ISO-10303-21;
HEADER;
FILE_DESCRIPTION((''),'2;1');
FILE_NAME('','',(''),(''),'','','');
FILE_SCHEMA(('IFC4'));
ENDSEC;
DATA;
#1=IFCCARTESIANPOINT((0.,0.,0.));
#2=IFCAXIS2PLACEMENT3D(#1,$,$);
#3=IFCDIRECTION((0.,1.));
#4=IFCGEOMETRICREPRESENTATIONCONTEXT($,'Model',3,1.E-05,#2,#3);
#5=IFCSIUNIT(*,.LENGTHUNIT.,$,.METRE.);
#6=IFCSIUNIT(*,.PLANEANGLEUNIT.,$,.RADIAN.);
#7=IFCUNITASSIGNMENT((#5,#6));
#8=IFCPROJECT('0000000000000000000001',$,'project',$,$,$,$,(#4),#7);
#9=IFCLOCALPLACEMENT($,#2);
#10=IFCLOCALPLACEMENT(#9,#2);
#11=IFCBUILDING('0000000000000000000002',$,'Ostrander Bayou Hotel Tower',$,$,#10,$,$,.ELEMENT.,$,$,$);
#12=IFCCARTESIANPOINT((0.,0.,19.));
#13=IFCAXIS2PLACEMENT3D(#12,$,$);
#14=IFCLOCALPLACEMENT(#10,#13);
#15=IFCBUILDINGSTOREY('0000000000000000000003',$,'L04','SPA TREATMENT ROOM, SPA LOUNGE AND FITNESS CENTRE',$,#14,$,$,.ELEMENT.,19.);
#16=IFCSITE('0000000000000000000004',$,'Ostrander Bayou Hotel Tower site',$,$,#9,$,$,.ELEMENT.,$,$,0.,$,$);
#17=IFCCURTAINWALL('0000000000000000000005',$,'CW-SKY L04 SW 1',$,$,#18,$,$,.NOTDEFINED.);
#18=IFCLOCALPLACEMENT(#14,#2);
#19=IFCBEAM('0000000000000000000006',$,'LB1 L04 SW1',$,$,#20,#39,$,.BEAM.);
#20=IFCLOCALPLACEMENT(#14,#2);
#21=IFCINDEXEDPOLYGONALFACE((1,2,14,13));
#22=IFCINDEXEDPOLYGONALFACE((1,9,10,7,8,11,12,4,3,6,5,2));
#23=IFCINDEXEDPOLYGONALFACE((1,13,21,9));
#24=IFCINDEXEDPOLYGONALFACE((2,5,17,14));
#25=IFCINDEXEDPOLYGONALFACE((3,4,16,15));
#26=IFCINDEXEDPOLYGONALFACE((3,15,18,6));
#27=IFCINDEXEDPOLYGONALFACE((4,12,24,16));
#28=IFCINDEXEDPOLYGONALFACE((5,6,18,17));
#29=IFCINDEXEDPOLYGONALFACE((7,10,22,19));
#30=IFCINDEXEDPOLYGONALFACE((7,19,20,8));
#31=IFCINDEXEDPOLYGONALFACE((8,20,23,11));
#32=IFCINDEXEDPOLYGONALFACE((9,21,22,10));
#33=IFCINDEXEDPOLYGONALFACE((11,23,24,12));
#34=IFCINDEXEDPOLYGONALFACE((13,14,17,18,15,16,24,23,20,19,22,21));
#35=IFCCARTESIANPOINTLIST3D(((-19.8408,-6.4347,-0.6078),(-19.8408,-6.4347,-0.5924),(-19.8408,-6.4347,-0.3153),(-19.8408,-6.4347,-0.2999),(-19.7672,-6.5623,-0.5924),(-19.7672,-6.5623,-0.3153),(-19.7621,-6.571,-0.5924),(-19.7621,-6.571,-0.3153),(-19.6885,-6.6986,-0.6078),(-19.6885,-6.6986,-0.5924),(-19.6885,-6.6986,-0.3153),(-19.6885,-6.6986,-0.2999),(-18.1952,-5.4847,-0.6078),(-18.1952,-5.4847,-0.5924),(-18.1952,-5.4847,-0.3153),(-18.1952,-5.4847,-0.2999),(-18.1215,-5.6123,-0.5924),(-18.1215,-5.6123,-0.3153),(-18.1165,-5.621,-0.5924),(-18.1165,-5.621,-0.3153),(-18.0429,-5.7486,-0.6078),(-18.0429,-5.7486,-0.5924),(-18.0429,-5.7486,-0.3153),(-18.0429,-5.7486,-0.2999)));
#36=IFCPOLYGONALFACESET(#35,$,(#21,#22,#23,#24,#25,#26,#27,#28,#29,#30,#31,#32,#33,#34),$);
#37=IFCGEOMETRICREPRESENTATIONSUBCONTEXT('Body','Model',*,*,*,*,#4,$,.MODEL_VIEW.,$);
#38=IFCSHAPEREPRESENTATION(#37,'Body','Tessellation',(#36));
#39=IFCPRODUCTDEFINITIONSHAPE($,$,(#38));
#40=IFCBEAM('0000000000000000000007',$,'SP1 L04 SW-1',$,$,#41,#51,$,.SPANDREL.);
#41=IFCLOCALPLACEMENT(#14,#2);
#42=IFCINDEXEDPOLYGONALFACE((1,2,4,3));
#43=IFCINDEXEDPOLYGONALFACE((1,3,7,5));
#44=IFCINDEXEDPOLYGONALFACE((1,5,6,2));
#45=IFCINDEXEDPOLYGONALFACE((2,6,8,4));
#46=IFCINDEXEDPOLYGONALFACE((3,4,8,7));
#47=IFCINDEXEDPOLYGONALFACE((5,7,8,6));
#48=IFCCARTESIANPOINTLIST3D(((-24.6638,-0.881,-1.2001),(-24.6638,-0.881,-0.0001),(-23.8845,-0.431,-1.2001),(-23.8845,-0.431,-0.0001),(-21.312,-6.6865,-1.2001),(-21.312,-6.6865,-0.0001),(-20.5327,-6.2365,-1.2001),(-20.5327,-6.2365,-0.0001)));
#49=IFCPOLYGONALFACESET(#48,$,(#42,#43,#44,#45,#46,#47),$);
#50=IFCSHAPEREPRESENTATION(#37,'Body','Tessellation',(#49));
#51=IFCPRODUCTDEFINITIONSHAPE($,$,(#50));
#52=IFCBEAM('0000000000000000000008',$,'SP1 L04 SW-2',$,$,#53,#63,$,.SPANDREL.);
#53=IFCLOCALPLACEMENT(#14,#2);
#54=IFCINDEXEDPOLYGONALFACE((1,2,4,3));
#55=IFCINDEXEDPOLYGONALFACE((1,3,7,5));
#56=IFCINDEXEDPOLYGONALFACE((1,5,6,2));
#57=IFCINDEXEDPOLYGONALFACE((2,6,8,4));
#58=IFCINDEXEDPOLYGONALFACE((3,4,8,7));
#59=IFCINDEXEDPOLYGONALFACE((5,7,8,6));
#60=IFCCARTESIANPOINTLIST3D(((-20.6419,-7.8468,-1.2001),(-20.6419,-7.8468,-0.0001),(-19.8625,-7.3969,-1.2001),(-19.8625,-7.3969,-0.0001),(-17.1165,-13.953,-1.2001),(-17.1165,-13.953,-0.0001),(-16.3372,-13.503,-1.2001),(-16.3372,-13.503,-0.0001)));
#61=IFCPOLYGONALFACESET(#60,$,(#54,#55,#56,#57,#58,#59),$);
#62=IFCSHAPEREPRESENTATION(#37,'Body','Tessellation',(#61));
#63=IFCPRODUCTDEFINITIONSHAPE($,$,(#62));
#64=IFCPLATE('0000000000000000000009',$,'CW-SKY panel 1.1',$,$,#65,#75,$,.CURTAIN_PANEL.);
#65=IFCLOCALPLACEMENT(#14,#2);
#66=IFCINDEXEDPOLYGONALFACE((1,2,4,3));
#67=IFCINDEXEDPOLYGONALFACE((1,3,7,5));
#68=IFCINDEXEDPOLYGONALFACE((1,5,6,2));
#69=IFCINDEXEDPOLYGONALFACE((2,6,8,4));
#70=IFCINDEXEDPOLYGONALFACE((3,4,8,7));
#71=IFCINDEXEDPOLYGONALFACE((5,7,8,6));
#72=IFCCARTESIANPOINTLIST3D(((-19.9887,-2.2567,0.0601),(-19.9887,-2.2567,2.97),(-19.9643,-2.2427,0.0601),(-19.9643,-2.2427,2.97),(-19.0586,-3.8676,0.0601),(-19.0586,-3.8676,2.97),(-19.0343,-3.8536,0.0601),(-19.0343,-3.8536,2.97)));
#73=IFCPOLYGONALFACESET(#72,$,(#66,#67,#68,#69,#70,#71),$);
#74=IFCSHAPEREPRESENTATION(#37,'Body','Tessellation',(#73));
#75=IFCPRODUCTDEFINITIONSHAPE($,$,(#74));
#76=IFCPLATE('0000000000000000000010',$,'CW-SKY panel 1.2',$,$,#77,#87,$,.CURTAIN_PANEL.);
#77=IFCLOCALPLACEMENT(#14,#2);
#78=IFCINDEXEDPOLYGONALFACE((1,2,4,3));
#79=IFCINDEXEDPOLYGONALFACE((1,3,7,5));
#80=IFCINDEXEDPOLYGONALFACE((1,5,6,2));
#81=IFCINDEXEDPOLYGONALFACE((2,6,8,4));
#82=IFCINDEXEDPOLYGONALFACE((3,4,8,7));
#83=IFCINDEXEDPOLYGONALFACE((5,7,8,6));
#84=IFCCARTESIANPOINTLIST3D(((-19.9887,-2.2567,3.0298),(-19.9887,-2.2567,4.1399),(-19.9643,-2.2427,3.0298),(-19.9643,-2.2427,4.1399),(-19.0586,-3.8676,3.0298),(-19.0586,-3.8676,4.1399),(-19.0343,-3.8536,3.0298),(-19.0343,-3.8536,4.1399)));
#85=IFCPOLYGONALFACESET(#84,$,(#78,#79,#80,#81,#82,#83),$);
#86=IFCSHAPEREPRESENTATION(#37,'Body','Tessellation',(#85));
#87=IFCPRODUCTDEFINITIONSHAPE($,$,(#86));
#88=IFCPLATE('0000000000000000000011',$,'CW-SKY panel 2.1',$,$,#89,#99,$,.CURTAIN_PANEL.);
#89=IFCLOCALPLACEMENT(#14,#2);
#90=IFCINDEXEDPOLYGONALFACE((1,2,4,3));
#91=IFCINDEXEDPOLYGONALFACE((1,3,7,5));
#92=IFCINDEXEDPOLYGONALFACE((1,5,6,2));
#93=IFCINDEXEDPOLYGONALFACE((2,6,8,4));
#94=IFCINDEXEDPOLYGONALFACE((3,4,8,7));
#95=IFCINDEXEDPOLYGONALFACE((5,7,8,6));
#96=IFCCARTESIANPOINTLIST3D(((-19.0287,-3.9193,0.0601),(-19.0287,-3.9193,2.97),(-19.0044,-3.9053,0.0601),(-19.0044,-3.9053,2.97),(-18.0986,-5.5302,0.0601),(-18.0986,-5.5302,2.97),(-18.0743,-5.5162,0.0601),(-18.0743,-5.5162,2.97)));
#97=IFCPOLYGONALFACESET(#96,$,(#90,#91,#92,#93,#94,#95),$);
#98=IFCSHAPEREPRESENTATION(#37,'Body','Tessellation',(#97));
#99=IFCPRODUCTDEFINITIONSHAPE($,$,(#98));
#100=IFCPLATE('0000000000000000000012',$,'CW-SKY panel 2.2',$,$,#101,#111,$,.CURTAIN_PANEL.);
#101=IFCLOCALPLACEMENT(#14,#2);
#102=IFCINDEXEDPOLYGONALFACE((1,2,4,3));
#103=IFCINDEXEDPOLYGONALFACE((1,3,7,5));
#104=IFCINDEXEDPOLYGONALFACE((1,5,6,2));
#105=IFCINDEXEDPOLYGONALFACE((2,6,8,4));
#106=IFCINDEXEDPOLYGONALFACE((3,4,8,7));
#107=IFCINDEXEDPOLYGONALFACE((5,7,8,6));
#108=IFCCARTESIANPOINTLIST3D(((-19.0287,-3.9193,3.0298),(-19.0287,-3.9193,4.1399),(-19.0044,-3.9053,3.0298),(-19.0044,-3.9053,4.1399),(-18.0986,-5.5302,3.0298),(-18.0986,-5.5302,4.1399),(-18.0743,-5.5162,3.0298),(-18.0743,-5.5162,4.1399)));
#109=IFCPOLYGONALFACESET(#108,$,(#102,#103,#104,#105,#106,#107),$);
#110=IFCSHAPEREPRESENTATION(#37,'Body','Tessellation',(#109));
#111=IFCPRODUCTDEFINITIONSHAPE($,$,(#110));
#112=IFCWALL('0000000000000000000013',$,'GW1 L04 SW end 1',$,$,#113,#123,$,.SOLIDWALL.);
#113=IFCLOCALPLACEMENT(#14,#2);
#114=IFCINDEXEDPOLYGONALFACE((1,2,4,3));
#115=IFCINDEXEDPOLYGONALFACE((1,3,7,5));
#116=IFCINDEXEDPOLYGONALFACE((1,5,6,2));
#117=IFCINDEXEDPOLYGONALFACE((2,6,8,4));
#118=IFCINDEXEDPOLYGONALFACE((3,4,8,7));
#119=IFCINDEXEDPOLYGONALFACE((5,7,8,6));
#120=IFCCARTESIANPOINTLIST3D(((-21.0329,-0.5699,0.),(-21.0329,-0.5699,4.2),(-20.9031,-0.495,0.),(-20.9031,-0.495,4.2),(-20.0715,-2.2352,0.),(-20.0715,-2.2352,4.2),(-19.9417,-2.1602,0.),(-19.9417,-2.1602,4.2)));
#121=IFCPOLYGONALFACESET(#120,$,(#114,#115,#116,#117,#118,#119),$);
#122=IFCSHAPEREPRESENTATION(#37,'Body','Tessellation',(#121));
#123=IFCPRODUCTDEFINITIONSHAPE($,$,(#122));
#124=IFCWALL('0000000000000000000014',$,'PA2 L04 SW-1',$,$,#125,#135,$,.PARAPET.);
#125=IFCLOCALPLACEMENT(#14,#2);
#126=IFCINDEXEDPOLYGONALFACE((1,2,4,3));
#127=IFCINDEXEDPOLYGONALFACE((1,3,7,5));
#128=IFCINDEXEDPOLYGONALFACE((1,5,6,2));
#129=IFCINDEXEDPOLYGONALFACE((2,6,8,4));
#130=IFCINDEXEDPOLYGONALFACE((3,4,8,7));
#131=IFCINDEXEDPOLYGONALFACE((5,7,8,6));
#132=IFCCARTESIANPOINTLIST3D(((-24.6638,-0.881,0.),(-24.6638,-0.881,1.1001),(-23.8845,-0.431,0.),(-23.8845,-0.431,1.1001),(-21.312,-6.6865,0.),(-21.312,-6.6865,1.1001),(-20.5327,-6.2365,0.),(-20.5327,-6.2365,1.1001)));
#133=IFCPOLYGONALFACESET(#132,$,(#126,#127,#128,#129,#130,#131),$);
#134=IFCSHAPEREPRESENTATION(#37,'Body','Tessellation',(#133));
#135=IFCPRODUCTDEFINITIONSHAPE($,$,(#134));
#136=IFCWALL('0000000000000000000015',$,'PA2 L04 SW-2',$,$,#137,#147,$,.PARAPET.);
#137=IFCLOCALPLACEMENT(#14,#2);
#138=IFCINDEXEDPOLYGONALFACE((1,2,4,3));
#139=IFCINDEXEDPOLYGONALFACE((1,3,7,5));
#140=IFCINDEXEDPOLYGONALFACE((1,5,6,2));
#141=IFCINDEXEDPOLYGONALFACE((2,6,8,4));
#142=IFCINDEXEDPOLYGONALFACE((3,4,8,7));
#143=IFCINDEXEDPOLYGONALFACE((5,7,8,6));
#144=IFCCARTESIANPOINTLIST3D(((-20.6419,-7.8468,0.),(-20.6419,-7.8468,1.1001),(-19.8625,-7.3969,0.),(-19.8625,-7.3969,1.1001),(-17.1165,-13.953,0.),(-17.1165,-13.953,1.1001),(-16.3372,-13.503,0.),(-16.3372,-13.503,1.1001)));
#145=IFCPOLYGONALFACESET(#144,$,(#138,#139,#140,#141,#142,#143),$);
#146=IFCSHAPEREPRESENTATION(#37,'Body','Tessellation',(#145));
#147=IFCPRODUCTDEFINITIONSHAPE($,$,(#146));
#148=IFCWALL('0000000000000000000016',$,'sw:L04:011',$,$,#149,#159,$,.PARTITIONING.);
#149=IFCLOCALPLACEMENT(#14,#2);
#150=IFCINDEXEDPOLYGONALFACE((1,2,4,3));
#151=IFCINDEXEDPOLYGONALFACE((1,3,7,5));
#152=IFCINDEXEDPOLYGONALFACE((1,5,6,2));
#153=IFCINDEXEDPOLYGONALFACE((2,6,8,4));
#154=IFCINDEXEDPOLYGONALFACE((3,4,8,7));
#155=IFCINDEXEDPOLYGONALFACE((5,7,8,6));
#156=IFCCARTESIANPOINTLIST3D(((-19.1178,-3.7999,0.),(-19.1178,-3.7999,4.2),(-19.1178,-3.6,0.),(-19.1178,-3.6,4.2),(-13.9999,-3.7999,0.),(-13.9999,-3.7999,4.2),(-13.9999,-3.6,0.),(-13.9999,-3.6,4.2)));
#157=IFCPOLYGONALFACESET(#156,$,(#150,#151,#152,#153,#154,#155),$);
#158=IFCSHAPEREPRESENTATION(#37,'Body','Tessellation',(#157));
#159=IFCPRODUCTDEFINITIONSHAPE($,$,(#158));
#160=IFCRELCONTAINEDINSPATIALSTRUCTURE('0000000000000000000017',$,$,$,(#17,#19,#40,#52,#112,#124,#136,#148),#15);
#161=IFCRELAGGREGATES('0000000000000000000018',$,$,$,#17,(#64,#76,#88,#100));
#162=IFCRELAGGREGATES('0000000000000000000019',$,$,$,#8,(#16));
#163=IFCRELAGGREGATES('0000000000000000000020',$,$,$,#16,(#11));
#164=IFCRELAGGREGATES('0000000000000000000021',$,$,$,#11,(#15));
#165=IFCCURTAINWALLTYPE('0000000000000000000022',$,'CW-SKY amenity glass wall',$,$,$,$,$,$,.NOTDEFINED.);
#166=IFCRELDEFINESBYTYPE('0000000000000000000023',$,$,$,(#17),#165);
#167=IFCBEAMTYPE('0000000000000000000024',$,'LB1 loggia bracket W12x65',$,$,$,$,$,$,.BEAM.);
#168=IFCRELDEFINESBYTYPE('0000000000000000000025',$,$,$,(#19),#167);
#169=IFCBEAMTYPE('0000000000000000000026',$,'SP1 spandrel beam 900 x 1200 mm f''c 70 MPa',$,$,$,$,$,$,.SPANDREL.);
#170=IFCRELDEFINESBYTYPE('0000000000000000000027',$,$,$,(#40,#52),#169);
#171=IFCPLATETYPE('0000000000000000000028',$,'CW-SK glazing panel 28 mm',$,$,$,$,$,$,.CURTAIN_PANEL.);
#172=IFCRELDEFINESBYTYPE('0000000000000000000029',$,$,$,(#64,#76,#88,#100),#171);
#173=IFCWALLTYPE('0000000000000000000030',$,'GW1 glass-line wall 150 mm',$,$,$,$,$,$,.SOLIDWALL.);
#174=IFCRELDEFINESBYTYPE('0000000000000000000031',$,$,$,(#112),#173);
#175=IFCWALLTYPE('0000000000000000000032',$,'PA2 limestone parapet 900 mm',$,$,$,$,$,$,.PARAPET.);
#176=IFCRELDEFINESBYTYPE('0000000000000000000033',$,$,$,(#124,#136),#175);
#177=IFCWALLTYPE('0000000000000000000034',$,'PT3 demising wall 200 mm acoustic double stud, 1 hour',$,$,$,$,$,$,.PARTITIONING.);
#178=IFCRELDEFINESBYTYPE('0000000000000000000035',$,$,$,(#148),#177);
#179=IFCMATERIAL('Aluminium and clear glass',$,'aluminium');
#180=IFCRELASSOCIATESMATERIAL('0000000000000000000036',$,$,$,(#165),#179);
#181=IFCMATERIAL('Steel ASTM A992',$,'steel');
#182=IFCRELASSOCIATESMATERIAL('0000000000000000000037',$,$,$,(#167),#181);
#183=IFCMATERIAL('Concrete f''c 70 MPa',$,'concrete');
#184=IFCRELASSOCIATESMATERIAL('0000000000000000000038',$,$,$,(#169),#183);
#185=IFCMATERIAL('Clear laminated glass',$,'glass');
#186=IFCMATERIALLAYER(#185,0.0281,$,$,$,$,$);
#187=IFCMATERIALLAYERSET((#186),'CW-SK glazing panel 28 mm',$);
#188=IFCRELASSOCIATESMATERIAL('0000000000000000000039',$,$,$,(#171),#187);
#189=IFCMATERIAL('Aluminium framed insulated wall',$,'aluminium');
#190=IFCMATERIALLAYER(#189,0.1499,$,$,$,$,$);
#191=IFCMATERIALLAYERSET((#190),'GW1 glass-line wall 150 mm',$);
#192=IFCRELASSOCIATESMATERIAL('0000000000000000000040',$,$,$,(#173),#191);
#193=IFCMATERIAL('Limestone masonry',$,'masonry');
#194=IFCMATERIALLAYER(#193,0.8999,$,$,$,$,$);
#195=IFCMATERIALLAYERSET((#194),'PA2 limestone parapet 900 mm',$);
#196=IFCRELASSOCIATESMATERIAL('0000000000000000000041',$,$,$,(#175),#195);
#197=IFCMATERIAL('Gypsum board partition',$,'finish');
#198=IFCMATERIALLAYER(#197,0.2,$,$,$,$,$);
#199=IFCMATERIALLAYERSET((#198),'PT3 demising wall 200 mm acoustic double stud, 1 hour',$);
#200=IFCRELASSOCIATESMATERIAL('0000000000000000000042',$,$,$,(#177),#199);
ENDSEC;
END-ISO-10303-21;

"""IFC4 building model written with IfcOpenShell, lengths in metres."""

from ifc_helpers import new_model, si_unit, direction, frame, frame_2d, origin, origin_2d, place, context, subcontext, project, spatial, rectangle, i_section, extrude, material, layer, layer_set, material_profile, profile_set, type_object, element, aggregate, save


model = new_model("IFC4")

# Units and contexts
model_context = context("Model", 3, precision=1e-05, world=origin(), true_north=direction((0.0, 1.0)))
body_context = subcontext(model_context, "Body", "Model", "MODEL_VIEW")
ifc_project = project(units=[si_unit("LENGTHUNIT", "METRE"), si_unit("PLANEANGLEUNIT", "RADIAN")], contexts=[model_context])

# Site, building, storey
site_placement = place(None, origin())
site = spatial("IfcSite", under=ifc_project, at=site_placement, Name="Ostrander Bayou Hotel Tower site", CompositionType="ELEMENT", RefElevation=0.0)
building_placement = place(site_placement, origin())
building = spatial("IfcBuilding", under=site, at=building_placement, Name="Ostrander Bayou Hotel Tower", CompositionType="ELEMENT")
storey_placement = place(building_placement, frame((0.0, 0.0, 19.0)))
storey = spatial("IfcBuildingStorey", under=building, at=storey_placement, Name="L04", Description="SPA TREATMENT ROOM, SPA LOUNGE AND FITNESS CENTRE", CompositionType="ELEMENT", Elevation=19.0)

# Curtain wall
ifc_material_1 = material(Name="Aluminium and clear glass", Category="aluminium")
curtain_wall_type = type_object("IfcCurtainWallType", Name="CW-SKY amenity glass wall", PredefinedType="NOTDEFINED", material=ifc_material_1)
curtain_wall_1_placement = place(storey_placement, origin())
curtain_wall_1 = element("IfcCurtainWall", 1, at=curtain_wall_1_placement, inside=storey, type_object=curtain_wall_type, Name="CW-SKY L04 SW 1", PredefinedType="NOTDEFINED")

# Beams
ifc_material_2 = material(Name="Steel ASTM A992", Category="steel")
ifc_material_profile_1 = material_profile(ifc_material_2, i_section(OverallWidth=0.3047, OverallDepth=0.3079, WebThickness=0.01, FlangeThickness=0.0154, at=origin_2d()))
ifc_profile_set_1 = profile_set([ifc_material_profile_1], Name="Steel ASTM A992")
beam_type_1 = type_object("IfcBeamType", Name="LB1 loggia bracket W12x65", PredefinedType="BEAM", material=ifc_profile_set_1)
beam_1_placement = place(storey_placement, frame((-19.7646, -6.5667, -0.4539), z_axis=(0.866044, 0.499967, 0.0), x_axis=(-0.499967, 0.866044, 0.0)))
element("IfcBeam", 2, at=beam_1_placement, inside=storey, type_object=beam_type_1, Name="LB1 L04 SW1", PredefinedType="BEAM", context=body_context, shape_type="SweptSolid", body=[
    extrude(i_section(OverallWidth=0.3047, OverallDepth=0.3079, WebThickness=0.01, FlangeThickness=0.0154, at=origin_2d()), origin(), (0.0, 0.0, 1.0), 1.9001),
])
ifc_material_3 = material(Name="Concrete f'c 70 MPa", Category="concrete")
ifc_material_profile_2 = material_profile(ifc_material_3, rectangle(XDim=0.8999, YDim=1.2, at=origin_2d()))
ifc_profile_set_2 = profile_set([ifc_material_profile_2], Name="Concrete f'c 70 MPa")
beam_type_2 = type_object("IfcBeamType", Name="SP1 spandrel beam 900 x 1200 mm f'c 70 MPa", PredefinedType="SPANDREL", material=ifc_profile_set_2)
beam_2_placement = place(storey_placement, frame((-24.2742, -0.656, -0.6001), z_axis=(0.500005, -0.866022, 0.0), x_axis=(0.866022, 0.500005, 0.0)))
element("IfcBeam", 3, at=beam_2_placement, inside=storey, type_object=beam_type_2, Name="SP1 L04 SW-1", PredefinedType="SPANDREL", context=body_context, shape_type="SweptSolid", body=[
    extrude(rectangle(XDim=0.8999, YDim=1.2, at=origin_2d()), origin(), (0.0, 0.0, 1.0), 6.7036),
])
beam_3_placement = place(storey_placement, frame((-20.2522, -7.6218, -0.6001), z_axis=(0.499997, -0.866027, 0.0), x_axis=(0.866027, 0.499997, 0.0)))
element("IfcBeam", 4, at=beam_3_placement, inside=storey, type_object=beam_type_2, Name="SP1 L04 SW-2", PredefinedType="SPANDREL", context=body_context, shape_type="SweptSolid", body=[
    extrude(rectangle(XDim=0.8999, YDim=1.2, at=origin_2d()), origin(), (0.0, 0.0, 1.0), 7.0508),
])

# Plates
ifc_material_4 = material(Name="Clear laminated glass", Category="glass")
ifc_layer_1 = layer(ifc_material_4, 0.0281)
ifc_layer_set_1 = layer_set([ifc_layer_1], Name="CW-SK glazing panel 28 mm")
plate_type = type_object("IfcPlateType", Name="CW-SK glazing panel 28 mm", PredefinedType="CURTAIN_PANEL", material=ifc_layer_set_1)
plate_1_placement = place(storey_placement, frame((-19.5115, -3.0552, 0.0601), z_axis=(0.0, 0.0, 1.0), x_axis=(0.5, -0.866025, 0.0)))
plate_1 = element("IfcPlate", 5, at=plate_1_placement, type_object=plate_type, Name="CW-SKY panel 1.1", PredefinedType="CURTAIN_PANEL", context=body_context, shape_type="SweptSolid", body=[
    extrude(rectangle(XDim=1.8601, YDim=0.0281, at=origin_2d()), origin(), (0.0, 0.0, 1.0), 2.9099),
])
plate_2_placement = place(storey_placement, frame((-19.5115, -3.0552, 3.0298), z_axis=(0.0, 0.0, 1.0), x_axis=(0.5, -0.866025, 0.0)))
plate_2 = element("IfcPlate", 6, at=plate_2_placement, type_object=plate_type, Name="CW-SKY panel 1.2", PredefinedType="CURTAIN_PANEL", context=body_context, shape_type="SweptSolid", body=[
    extrude(rectangle(XDim=1.8601, YDim=0.0281, at=origin_2d()), origin(), (0.0, 0.0, 1.0), 1.1101),
])
plate_3_placement = place(storey_placement, frame((-18.5515, -4.7178, 0.0601), z_axis=(0.0, 0.0, 1.0), x_axis=(0.5, -0.866025, 0.0)))
plate_3 = element("IfcPlate", 7, at=plate_3_placement, type_object=plate_type, Name="CW-SKY panel 2.1", PredefinedType="CURTAIN_PANEL", context=body_context, shape_type="SweptSolid", body=[
    extrude(rectangle(XDim=1.8601, YDim=0.0281, at=origin_2d()), origin(), (0.0, 0.0, 1.0), 2.9099),
])
plate_4_placement = place(storey_placement, frame((-18.5515, -4.7178, 3.0298), z_axis=(0.0, 0.0, 1.0), x_axis=(0.5, -0.866025, 0.0)))
plate_4 = element("IfcPlate", 8, at=plate_4_placement, type_object=plate_type, Name="CW-SKY panel 2.2", PredefinedType="CURTAIN_PANEL", context=body_context, shape_type="SweptSolid", body=[
    extrude(rectangle(XDim=1.8601, YDim=0.0281, at=origin_2d()), origin(), (0.0, 0.0, 1.0), 1.1101),
])
aggregate(curtain_wall_1, [plate_1, plate_2, plate_3, plate_4])

# Shared definitions
ifc_material_5 = material(Name="Aluminium framed insulated wall", Category="aluminium")
ifc_layer_2 = layer(ifc_material_5, 0.1499)
ifc_layer_set_2 = layer_set([ifc_layer_2], Name="GW1 glass-line wall 150 mm")
wall_type_1 = type_object("IfcWallType", Name="GW1 glass-line wall 150 mm", PredefinedType="SOLIDWALL", material=ifc_layer_set_2)

# Walls
wall_1_placement = place(storey_placement, frame((-20.968, -0.5325, 0.0), z_axis=(0.0, 0.0, 1.0), x_axis=(0.49999, -0.866031, 0.0)))
element("IfcWall", 9, at=wall_1_placement, inside=storey, type_object=wall_type_1, Name="GW1 L04 SW end 1", PredefinedType="SOLIDWALL", context=body_context, shape_type="SweptSolid", body=[
    extrude(rectangle(XDim=1.9229, YDim=0.1499, at=frame_2d((0.9614, 0.0))), origin(), (0.0, 0.0, 1.0), 4.2),
])
ifc_material_6 = material(Name="Limestone masonry", Category="masonry")
ifc_layer_3 = layer(ifc_material_6, 0.8999)
ifc_layer_set_3 = layer_set([ifc_layer_3], Name="PA2 limestone parapet 900 mm")
wall_type_2 = type_object("IfcWallType", Name="PA2 limestone parapet 900 mm", PredefinedType="PARAPET", material=ifc_layer_set_3)
wall_2_placement = place(storey_placement, frame((-24.2742, -0.656, 0.0), z_axis=(0.0, 0.0, 1.0), x_axis=(0.500005, -0.866022, 0.0)))
element("IfcWall", 10, at=wall_2_placement, inside=storey, type_object=wall_type_2, Name="PA2 L04 SW-1", PredefinedType="PARAPET", context=body_context, shape_type="SweptSolid", body=[
    extrude(rectangle(XDim=6.7036, YDim=0.8999, at=frame_2d((3.3518, 0.0))), origin(), (0.0, 0.0, 1.0), 1.1001),
])
wall_3_placement = place(storey_placement, frame((-20.2522, -7.6218, 0.0), z_axis=(0.0, 0.0, 1.0), x_axis=(0.499997, -0.866027, 0.0)))
element("IfcWall", 11, at=wall_3_placement, inside=storey, type_object=wall_type_2, Name="PA2 L04 SW-2", PredefinedType="PARAPET", context=body_context, shape_type="SweptSolid", body=[
    extrude(rectangle(XDim=7.0508, YDim=0.8999, at=frame_2d((3.5254, 0.0))), origin(), (0.0, 0.0, 1.0), 1.1001),
])
ifc_material_7 = material(Name="Gypsum board partition", Category="finish")
ifc_layer_4 = layer(ifc_material_7, 0.2)
ifc_layer_set_4 = layer_set([ifc_layer_4], Name="PT3 demising wall 200 mm acoustic double stud, 1 hour")
wall_type_3 = type_object("IfcWallType", Name="PT3 demising wall 200 mm acoustic double stud, 1 hour", PredefinedType="PARTITIONING", material=ifc_layer_set_4)
wall_4_placement = place(storey_placement, frame((-19.1179, -3.7, 0.0), z_axis=(0.0, 0.0, 1.0), x_axis=(1.0, 0.0, 0.0)))
element("IfcWall", 12, at=wall_4_placement, inside=storey, type_object=wall_type_3, Name="sw:L04:011", PredefinedType="PARTITIONING", context=body_context, shape_type="SweptSolid", body=[
    extrude(rectangle(XDim=5.1179, YDim=0.2, at=frame_2d((2.5591, 0.0))), origin(), (0.0, 0.0, 1.0), 4.2),
])

save(model, "model.ifc")
